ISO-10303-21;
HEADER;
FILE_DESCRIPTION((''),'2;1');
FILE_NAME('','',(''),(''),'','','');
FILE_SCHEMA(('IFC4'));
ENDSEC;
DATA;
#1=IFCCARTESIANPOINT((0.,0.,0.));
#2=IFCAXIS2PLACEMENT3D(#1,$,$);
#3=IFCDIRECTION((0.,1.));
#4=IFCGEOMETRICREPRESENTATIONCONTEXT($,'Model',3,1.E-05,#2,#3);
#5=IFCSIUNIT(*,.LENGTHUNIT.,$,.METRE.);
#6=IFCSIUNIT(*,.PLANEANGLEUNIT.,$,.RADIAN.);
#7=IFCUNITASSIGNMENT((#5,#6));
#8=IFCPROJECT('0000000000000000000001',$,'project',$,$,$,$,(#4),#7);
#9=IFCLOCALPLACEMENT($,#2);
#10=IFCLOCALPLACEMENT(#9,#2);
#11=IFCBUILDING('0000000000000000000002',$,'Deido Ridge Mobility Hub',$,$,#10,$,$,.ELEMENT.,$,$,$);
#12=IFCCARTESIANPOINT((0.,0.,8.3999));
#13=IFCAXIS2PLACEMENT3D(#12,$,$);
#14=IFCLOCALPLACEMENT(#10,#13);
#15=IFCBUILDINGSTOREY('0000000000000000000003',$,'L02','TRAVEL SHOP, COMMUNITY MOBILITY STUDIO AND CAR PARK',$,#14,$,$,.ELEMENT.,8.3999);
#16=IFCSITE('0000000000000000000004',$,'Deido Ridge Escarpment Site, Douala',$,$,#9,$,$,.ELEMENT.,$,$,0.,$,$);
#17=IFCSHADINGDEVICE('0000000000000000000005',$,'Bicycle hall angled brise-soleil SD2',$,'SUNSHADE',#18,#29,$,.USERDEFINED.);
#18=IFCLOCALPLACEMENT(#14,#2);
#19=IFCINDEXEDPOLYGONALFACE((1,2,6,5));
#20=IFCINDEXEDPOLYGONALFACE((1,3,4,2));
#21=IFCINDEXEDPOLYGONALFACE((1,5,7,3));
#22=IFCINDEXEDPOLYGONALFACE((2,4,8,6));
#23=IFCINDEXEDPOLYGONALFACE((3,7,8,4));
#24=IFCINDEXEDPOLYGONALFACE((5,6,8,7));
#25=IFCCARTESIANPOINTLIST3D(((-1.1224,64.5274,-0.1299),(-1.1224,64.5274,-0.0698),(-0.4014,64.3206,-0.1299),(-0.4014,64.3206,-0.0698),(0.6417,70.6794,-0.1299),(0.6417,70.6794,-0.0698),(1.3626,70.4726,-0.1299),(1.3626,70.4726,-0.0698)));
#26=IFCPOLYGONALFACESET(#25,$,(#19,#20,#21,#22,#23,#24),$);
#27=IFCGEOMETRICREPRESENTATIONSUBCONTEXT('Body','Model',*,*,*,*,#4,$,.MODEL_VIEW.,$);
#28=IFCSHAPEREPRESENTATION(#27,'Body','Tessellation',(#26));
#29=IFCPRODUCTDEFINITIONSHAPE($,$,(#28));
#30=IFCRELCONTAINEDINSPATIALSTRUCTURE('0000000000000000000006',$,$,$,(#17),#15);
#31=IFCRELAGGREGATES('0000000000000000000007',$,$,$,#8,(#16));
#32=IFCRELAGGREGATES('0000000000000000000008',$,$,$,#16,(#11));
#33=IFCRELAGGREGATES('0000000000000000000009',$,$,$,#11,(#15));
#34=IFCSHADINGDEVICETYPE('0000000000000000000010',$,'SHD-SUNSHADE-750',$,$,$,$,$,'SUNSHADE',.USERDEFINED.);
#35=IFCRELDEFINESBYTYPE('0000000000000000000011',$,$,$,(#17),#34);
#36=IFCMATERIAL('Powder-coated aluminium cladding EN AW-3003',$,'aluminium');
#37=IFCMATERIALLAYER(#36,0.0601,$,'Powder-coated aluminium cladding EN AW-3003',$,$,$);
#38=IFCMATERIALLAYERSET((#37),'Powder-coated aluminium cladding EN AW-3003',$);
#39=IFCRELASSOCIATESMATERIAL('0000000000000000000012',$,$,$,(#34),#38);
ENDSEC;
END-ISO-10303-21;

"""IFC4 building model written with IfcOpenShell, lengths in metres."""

from ifc_helpers import new_model, si_unit, direction, frame, origin, origin_2d, place, context, subcontext, project, spatial, rectangle, extrude, material, layer, layer_set, type_object, element, save


model = new_model("IFC4")

# Units and contexts
model_context = context("Model", 3, precision=1e-05, world=origin(), true_north=direction((0.0, 1.0)))
body_context = subcontext(model_context, "Body", "Model", "MODEL_VIEW")
ifc_project = project(units=[si_unit("LENGTHUNIT", "METRE"), si_unit("PLANEANGLEUNIT", "RADIAN")], contexts=[model_context])

# Site, building, storey
site_placement = place(None, origin())
site = spatial("IfcSite", under=ifc_project, at=site_placement, Name="Deido Ridge Escarpment Site, Douala", CompositionType="ELEMENT", RefElevation=0.0)
building_placement = place(site_placement, origin())
building = spatial("IfcBuilding", under=site, at=building_placement, Name="Deido Ridge Mobility Hub", CompositionType="ELEMENT")
storey_placement = place(building_placement, frame((0.0, 0.0, 8.3999)))
storey = spatial("IfcBuildingStorey", under=building, at=storey_placement, Name="L02", Description="TRAVEL SHOP, COMMUNITY MOBILITY STUDIO AND CAR PARK", CompositionType="ELEMENT", Elevation=8.3999)

# Shading device
ifc_material_1 = material(Name="Powder-coated aluminium cladding EN AW-3003", Category="aluminium")
ifc_layer_1 = layer(ifc_material_1, 0.0601, Name="Powder-coated aluminium cladding EN AW-3003")
ifc_layer_set_1 = layer_set([ifc_layer_1], Name="Powder-coated aluminium cladding EN AW-3003")
shading_device_type = type_object("IfcShadingDeviceType", Name="SHD-SUNSHADE-750", ElementType="SUNSHADE", PredefinedType="USERDEFINED", material=ifc_layer_set_1)
for number, where, z_axis, x_axis, name in (
    (1, (0.1201, 67.5, -0.1299), (0.0, 0.0, 1.0), (0.275637, 0.961262, 0.0), "Bicycle hall angled brise-soleil SD2"),
):
    element("IfcShadingDevice", number, at=place(storey_placement, frame(where, z_axis=z_axis, x_axis=x_axis)), inside=storey, type_object=shading_device_type, Name=name, ObjectType="SUNSHADE", PredefinedType="USERDEFINED", context=body_context, shape_type="SweptSolid", body=[
        extrude(rectangle(XDim=6.3999, YDim=0.75, at=origin_2d()), origin(), (0.0, 0.0, 1.0), 0.0601),
    ])

save(model, "model.ifc")
